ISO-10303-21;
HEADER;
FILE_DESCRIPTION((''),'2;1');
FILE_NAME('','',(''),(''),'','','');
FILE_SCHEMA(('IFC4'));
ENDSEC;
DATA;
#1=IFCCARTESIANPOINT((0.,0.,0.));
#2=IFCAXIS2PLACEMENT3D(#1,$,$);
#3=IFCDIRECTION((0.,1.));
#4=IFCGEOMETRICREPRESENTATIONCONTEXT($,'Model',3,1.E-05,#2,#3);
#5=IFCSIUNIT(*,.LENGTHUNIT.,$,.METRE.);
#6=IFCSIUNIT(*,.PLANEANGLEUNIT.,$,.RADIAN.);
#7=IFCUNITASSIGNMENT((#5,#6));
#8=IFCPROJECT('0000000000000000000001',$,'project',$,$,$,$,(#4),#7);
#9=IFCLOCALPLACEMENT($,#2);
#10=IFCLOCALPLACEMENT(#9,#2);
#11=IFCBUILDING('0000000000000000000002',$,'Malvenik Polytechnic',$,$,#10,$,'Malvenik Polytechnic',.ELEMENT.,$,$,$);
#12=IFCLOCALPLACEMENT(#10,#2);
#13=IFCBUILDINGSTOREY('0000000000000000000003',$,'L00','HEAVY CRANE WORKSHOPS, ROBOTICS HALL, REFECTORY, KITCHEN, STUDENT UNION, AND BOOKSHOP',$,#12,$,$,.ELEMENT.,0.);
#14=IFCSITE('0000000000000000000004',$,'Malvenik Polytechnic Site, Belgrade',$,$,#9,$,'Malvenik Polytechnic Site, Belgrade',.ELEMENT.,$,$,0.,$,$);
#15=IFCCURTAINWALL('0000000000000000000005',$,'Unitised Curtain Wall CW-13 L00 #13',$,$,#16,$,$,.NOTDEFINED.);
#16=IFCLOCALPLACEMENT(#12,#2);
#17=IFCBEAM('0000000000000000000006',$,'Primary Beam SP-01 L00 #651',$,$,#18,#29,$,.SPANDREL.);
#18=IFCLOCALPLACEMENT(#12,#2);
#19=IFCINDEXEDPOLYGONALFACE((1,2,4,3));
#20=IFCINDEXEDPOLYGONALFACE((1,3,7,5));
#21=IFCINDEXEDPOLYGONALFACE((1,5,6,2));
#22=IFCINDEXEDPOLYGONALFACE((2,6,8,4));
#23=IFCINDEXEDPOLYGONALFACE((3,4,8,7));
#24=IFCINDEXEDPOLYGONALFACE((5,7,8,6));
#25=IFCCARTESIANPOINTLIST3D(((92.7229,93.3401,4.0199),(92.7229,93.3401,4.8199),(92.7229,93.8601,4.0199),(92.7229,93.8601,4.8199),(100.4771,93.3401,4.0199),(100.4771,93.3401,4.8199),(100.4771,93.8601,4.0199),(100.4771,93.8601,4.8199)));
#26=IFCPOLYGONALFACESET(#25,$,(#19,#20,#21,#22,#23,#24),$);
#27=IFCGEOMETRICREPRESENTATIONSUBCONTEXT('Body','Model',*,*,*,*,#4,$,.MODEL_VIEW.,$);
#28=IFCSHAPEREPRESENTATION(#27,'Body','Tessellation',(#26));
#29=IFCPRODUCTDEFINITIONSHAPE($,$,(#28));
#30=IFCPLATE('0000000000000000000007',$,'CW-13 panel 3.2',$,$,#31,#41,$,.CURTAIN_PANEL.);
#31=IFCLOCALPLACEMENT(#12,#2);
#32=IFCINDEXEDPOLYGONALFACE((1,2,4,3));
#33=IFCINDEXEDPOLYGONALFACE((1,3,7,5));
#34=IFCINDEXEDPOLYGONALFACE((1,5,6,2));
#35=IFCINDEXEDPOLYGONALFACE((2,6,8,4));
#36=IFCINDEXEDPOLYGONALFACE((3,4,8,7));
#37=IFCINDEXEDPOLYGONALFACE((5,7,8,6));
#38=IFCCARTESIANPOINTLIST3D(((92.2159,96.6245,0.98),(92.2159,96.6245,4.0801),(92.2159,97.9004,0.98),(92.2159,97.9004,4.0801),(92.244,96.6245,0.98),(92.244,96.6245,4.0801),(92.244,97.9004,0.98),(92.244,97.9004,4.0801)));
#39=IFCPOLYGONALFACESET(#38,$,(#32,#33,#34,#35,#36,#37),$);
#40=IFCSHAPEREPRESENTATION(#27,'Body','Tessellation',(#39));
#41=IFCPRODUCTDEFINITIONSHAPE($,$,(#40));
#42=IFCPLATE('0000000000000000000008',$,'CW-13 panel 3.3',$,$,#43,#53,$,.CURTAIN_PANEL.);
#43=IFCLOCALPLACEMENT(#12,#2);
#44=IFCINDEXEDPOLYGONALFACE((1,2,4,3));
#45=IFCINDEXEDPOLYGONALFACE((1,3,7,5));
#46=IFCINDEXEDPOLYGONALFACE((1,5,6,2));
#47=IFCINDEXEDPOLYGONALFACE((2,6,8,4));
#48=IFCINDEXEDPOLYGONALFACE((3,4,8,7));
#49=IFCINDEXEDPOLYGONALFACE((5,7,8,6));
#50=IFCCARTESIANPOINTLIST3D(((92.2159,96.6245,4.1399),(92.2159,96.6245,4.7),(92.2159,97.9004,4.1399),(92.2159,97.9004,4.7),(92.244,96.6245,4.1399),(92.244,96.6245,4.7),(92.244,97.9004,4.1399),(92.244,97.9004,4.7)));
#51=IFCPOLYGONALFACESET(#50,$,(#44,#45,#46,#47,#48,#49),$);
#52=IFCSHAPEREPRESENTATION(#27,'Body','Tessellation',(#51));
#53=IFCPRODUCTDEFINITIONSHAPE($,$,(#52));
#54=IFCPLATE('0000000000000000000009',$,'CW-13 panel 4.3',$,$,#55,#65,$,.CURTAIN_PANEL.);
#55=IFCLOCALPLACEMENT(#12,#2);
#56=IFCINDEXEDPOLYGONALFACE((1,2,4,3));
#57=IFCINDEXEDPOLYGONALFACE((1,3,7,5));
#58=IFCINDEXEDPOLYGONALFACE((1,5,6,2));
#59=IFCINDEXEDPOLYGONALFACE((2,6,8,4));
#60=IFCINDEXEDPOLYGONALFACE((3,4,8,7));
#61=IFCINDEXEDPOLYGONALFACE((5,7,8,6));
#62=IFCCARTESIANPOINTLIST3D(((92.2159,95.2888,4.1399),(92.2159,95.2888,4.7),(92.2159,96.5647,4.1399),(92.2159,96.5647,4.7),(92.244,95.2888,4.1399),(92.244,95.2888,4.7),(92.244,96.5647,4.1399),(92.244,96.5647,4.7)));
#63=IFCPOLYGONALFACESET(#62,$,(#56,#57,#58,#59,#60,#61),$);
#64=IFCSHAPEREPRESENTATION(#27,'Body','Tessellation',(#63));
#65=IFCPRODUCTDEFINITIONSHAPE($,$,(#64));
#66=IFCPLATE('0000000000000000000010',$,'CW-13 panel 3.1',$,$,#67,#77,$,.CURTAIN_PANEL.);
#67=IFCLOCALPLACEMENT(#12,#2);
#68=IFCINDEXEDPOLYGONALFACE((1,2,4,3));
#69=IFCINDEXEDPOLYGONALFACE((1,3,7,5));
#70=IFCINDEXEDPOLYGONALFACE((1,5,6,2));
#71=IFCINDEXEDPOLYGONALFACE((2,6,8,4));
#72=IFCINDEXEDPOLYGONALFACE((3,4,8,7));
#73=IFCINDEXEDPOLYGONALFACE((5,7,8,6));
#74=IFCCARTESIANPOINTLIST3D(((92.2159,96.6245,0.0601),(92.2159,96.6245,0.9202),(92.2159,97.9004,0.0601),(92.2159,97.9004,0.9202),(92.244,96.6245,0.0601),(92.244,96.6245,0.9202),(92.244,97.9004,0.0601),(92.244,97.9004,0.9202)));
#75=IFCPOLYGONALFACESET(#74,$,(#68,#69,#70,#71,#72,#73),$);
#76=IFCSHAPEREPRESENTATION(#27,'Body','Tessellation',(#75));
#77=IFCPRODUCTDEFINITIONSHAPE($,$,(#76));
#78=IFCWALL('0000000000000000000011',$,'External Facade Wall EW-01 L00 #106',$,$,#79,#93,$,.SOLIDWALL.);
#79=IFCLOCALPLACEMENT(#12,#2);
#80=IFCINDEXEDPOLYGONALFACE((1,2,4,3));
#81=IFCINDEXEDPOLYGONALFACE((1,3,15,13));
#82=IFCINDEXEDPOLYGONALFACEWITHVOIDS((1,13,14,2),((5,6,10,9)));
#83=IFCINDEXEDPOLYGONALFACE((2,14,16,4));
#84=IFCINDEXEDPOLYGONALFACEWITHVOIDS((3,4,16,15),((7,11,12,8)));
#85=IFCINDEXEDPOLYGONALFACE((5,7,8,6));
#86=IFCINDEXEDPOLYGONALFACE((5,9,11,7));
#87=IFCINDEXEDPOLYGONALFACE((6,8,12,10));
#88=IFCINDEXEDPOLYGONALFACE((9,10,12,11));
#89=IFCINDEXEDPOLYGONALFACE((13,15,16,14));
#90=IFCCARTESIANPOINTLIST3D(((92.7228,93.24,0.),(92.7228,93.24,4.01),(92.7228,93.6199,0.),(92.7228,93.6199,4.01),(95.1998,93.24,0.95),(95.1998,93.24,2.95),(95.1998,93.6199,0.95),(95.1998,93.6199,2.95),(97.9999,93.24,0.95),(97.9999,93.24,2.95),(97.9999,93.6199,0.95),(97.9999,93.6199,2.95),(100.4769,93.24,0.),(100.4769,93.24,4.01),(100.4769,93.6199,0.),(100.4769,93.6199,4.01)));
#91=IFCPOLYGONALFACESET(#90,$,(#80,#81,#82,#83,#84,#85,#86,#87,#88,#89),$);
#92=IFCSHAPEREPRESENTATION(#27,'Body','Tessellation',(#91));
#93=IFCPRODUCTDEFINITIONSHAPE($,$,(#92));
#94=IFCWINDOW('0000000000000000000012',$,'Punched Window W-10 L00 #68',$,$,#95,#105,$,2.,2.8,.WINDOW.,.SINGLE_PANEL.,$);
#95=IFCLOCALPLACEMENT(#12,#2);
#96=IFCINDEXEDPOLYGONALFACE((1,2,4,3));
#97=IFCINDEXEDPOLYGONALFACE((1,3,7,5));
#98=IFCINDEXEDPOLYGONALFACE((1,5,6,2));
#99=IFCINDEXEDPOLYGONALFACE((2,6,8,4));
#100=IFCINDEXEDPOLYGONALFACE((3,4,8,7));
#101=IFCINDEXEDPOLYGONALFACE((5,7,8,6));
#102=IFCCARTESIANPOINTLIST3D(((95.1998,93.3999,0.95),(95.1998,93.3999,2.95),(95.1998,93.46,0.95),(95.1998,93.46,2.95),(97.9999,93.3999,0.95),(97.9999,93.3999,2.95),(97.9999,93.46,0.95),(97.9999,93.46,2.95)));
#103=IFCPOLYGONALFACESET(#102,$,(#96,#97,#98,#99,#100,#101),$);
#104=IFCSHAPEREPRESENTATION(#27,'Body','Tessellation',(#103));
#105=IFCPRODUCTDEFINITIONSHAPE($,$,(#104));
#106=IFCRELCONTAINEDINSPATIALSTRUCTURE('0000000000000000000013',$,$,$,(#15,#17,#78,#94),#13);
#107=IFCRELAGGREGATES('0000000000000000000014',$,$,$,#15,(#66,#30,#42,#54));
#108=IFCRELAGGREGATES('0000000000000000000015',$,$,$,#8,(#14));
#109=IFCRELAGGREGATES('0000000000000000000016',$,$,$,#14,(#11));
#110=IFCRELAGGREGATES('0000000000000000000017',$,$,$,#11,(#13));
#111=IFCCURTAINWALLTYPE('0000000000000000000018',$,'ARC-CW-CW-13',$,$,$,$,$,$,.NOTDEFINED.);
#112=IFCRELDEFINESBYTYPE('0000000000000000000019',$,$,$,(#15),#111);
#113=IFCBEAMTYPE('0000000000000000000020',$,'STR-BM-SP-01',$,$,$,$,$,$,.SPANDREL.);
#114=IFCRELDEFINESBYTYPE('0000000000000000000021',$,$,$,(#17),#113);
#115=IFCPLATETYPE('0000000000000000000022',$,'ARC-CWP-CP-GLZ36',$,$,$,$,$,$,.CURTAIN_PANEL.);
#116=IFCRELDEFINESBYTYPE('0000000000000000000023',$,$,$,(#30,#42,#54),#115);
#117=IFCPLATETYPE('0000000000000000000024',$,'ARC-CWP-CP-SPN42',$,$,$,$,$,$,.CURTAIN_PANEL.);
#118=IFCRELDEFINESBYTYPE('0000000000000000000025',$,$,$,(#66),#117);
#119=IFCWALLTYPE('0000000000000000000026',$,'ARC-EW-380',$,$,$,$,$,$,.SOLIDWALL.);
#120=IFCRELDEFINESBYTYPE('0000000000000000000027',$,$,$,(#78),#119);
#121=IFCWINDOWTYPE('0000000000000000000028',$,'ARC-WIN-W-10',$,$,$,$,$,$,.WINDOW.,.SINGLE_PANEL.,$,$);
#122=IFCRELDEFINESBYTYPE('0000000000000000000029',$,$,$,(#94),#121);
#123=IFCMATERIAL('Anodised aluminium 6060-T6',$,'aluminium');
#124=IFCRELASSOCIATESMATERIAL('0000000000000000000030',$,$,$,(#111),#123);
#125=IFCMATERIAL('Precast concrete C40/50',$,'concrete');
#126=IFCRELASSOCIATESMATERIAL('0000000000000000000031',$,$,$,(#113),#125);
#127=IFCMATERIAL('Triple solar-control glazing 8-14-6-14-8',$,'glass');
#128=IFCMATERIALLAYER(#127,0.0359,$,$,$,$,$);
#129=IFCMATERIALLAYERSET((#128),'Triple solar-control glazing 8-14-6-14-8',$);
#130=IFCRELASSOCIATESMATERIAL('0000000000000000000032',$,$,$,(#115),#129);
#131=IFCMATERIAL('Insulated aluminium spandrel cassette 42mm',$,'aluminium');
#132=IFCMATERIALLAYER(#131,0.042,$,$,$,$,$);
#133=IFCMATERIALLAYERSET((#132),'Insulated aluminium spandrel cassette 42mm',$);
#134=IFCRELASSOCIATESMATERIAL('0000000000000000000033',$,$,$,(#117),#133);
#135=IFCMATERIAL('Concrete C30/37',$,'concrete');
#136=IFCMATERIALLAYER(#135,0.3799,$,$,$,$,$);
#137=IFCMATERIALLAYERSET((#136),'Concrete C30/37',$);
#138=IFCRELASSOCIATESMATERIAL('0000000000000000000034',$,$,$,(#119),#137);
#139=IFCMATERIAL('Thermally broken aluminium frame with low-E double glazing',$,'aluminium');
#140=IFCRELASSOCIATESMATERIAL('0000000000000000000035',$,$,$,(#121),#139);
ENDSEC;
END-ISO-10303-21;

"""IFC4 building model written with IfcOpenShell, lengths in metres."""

from ifc_helpers import new_model, si_unit, direction, frame, frame_2d, origin, origin_2d, place, context, subcontext, project, spatial, rectangle, extrude, material, layer, layer_set, material_profile, profile_set, type_object, element, fill, aggregate, save


model = new_model("IFC4")

# Units and contexts
model_context = context("Model", 3, precision=1e-05, world=origin(), true_north=direction((0.0, 1.0)))
body_context = subcontext(model_context, "Body", "Model", "MODEL_VIEW")
ifc_project = project(units=[si_unit("LENGTHUNIT", "METRE"), si_unit("PLANEANGLEUNIT", "RADIAN")], contexts=[model_context])

# Site, building, storey
site_placement = place(None, origin())
site = spatial("IfcSite", under=ifc_project, at=site_placement, Name="Malvenik Polytechnic Site, Belgrade", LongName="Malvenik Polytechnic Site, Belgrade", CompositionType="ELEMENT", RefElevation=0.0)
building_placement = place(site_placement, origin())
building = spatial("IfcBuilding", under=site, at=building_placement, Name="Malvenik Polytechnic", LongName="Malvenik Polytechnic", CompositionType="ELEMENT")
storey_placement = place(building_placement, origin())
storey = spatial("IfcBuildingStorey", under=building, at=storey_placement, Name="L00", Description="HEAVY CRANE WORKSHOPS, ROBOTICS HALL, REFECTORY, KITCHEN, STUDENT UNION, AND BOOKSHOP", CompositionType="ELEMENT", Elevation=0.0)

# Curtain wall
ifc_material_1 = material(Name="Anodised aluminium 6060-T6", Category="aluminium")
curtain_wall_type = type_object("IfcCurtainWallType", Name="ARC-CW-CW-13", PredefinedType="NOTDEFINED", material=ifc_material_1)
curtain_wall_placement = place(storey_placement, origin())
curtain_wall = element("IfcCurtainWall", 1, at=curtain_wall_placement, inside=storey, type_object=curtain_wall_type, Name="Unitised Curtain Wall CW-13 L00 #13", PredefinedType="NOTDEFINED")

# Beam
ifc_material_2 = material(Name="Concrete C30/37", Category="concrete")
ifc_material_3 = material(Name="Precast concrete C40/50", Category="concrete")
ifc_material_profile_1 = material_profile(ifc_material_3, rectangle(XDim=0.52, YDim=0.8, at=origin_2d()), Name="PC SPN 520x800")
ifc_profile_set_1 = profile_set([ifc_material_profile_1], Name="Precast concrete C40/50")
beam_type_1 = type_object("IfcBeamType", Name="STR-BM-SP-01", PredefinedType="SPANDREL", material=ifc_profile_set_1)
beam_1_placement = place(storey_placement, frame((92.7229, 93.6001, 4.4199), z_axis=(1.0, 0.0, 0.0), x_axis=(0.0, 1.0, 0.0)))
element("IfcBeam", 2, at=beam_1_placement, inside=storey, type_object=beam_type_1, Name="Primary Beam SP-01 L00 #651", PredefinedType="SPANDREL", context=body_context, shape_type="SweptSolid", body=[
    extrude(rectangle(XDim=0.52, YDim=0.8, at=origin_2d()), origin(), (0.0, 0.0, 1.0), 7.7542),
])

# Plates
ifc_material_4 = material(Name="Triple solar-control glazing 8-14-6-14-8", Category="glass")
ifc_layer_1 = layer(ifc_material_4, 0.0359)
ifc_layer_set_1 = layer_set([ifc_layer_1], Name="Triple solar-control glazing 8-14-6-14-8")
plate_type_1 = type_object("IfcPlateType", Name="ARC-CWP-CP-GLZ36", PredefinedType="CURTAIN_PANEL", material=ifc_layer_set_1)
plate_1_placement = place(storey_placement, frame((92.23, 97.2625, 0.98), z_axis=(0.0, 0.0, 1.0), x_axis=(0.0, -1.0, 0.0)))
plate_1 = element("IfcPlate", 3, at=plate_1_placement, type_object=plate_type_1, Name="CW-13 panel 3.2", PredefinedType="CURTAIN_PANEL", context=body_context, shape_type="SweptSolid", body=[
    extrude(rectangle(XDim=1.2759, YDim=0.0281, at=origin_2d()), origin(), (0.0, 0.0, 1.0), 3.1001),
])
plate_2_placement = place(storey_placement, frame((92.23, 97.2625, 4.1399), z_axis=(0.0, 0.0, 1.0), x_axis=(0.0, -1.0, 0.0)))
plate_2 = element("IfcPlate", 4, at=plate_2_placement, type_object=plate_type_1, Name="CW-13 panel 3.3", PredefinedType="CURTAIN_PANEL", context=body_context, shape_type="SweptSolid", body=[
    extrude(rectangle(XDim=1.2759, YDim=0.0281, at=origin_2d()), origin(), (0.0, 0.0, 1.0), 0.5601),
])
plate_3_placement = place(storey_placement, frame((92.23, 95.9268, 4.1399), z_axis=(0.0, 0.0, 1.0), x_axis=(0.0, -1.0, 0.0)))
plate_3 = element("IfcPlate", 5, at=plate_3_placement, type_object=plate_type_1, Name="CW-13 panel 4.3", PredefinedType="CURTAIN_PANEL", context=body_context, shape_type="SweptSolid", body=[
    extrude(rectangle(XDim=1.2759, YDim=0.0281, at=origin_2d()), origin(), (0.0, 0.0, 1.0), 0.5601),
])
ifc_material_5 = material(Name="Insulated aluminium spandrel cassette 42mm", Category="aluminium")
ifc_layer_2 = layer(ifc_material_5, 0.042)
ifc_layer_set_2 = layer_set([ifc_layer_2], Name="Insulated aluminium spandrel cassette 42mm")
plate_type_2 = type_object("IfcPlateType", Name="ARC-CWP-CP-SPN42", PredefinedType="CURTAIN_PANEL", material=ifc_layer_set_2)
plate_4_placement = place(storey_placement, frame((92.23, 97.2625, 0.0601), z_axis=(0.0, 0.0, 1.0), x_axis=(0.0, -1.0, 0.0)))
plate_4 = element("IfcPlate", 6, at=plate_4_placement, type_object=plate_type_2, Name="CW-13 panel 3.1", PredefinedType="CURTAIN_PANEL", context=body_context, shape_type="SweptSolid", body=[
    extrude(rectangle(XDim=1.2759, YDim=0.0281, at=origin_2d()), origin(), (0.0, 0.0, 1.0), 0.8601),
])
aggregate(curtain_wall, [plate_4, plate_1, plate_2, plate_3])

# Wall, opening, window
ifc_layer_3 = layer(ifc_material_2, 0.3799)
ifc_layer_set_3 = layer_set([ifc_layer_3], Name="Concrete C30/37")
wall_type = type_object("IfcWallType", Name="ARC-EW-380", PredefinedType="SOLIDWALL", material=ifc_layer_set_3)
wall_placement = place(storey_placement, frame((92.7229, 93.4299, 0.0), z_axis=(0.0, 0.0, 1.0), x_axis=(1.0, 0.0, 0.0)))
wall = element("IfcWall", 7, at=wall_placement, inside=storey, type_object=wall_type, Name="External Facade Wall EW-01 L00 #106", PredefinedType="SOLIDWALL", context=body_context, shape_type="SweptSolid", body=[
    extrude(rectangle(XDim=7.7542, YDim=0.3799, at=frame_2d((3.877, 0.0))), origin(), (0.0, 0.0, 1.0), 4.01),
])
opening_placement = place(wall_placement, frame((2.4771, 0.0, 0.95)))
opening = element("IfcOpeningElement", 8, at=opening_placement, cuts=wall, PredefinedType="OPENING", context=body_context, shape_type="SweptSolid", body=[
    extrude(rectangle(XDim=2.8, YDim=2.0, at=frame_2d((1.3999, 1.0))), frame((0.0, 0.2, 0.0), z_axis=(0.0, -1.0, 0.0), x_axis=(1.0, 0.0, 0.0)), (0.0, 0.0, 1.0), 0.3999),
])
ifc_material_6 = material(Name="Thermally broken aluminium frame with low-E double glazing", Category="aluminium")
window_type = type_object("IfcWindowType", Name="ARC-WIN-W-10", PartitioningType="SINGLE_PANEL", PredefinedType="WINDOW", material=ifc_material_6)
window_placement = place(opening_placement, origin())
window = element("IfcWindow", 9, at=window_placement, inside=storey, type_object=window_type, Name="Punched Window W-10 L00 #68", OverallHeight=2.0, OverallWidth=2.8, PartitioningType="SINGLE_PANEL", PredefinedType="WINDOW", context=body_context, shape_type="SweptSolid", body=[
    extrude(rectangle(XDim=2.8, YDim=2.0, at=frame_2d((1.3999, 1.0))), frame((0.0, 0.03, 0.0), z_axis=(0.0, -1.0, 0.0), x_axis=(1.0, 0.0, 0.0)), (0.0, 0.0, 1.0), 0.0601),
])
fill(opening, window)

save(model, "model.ifc")
